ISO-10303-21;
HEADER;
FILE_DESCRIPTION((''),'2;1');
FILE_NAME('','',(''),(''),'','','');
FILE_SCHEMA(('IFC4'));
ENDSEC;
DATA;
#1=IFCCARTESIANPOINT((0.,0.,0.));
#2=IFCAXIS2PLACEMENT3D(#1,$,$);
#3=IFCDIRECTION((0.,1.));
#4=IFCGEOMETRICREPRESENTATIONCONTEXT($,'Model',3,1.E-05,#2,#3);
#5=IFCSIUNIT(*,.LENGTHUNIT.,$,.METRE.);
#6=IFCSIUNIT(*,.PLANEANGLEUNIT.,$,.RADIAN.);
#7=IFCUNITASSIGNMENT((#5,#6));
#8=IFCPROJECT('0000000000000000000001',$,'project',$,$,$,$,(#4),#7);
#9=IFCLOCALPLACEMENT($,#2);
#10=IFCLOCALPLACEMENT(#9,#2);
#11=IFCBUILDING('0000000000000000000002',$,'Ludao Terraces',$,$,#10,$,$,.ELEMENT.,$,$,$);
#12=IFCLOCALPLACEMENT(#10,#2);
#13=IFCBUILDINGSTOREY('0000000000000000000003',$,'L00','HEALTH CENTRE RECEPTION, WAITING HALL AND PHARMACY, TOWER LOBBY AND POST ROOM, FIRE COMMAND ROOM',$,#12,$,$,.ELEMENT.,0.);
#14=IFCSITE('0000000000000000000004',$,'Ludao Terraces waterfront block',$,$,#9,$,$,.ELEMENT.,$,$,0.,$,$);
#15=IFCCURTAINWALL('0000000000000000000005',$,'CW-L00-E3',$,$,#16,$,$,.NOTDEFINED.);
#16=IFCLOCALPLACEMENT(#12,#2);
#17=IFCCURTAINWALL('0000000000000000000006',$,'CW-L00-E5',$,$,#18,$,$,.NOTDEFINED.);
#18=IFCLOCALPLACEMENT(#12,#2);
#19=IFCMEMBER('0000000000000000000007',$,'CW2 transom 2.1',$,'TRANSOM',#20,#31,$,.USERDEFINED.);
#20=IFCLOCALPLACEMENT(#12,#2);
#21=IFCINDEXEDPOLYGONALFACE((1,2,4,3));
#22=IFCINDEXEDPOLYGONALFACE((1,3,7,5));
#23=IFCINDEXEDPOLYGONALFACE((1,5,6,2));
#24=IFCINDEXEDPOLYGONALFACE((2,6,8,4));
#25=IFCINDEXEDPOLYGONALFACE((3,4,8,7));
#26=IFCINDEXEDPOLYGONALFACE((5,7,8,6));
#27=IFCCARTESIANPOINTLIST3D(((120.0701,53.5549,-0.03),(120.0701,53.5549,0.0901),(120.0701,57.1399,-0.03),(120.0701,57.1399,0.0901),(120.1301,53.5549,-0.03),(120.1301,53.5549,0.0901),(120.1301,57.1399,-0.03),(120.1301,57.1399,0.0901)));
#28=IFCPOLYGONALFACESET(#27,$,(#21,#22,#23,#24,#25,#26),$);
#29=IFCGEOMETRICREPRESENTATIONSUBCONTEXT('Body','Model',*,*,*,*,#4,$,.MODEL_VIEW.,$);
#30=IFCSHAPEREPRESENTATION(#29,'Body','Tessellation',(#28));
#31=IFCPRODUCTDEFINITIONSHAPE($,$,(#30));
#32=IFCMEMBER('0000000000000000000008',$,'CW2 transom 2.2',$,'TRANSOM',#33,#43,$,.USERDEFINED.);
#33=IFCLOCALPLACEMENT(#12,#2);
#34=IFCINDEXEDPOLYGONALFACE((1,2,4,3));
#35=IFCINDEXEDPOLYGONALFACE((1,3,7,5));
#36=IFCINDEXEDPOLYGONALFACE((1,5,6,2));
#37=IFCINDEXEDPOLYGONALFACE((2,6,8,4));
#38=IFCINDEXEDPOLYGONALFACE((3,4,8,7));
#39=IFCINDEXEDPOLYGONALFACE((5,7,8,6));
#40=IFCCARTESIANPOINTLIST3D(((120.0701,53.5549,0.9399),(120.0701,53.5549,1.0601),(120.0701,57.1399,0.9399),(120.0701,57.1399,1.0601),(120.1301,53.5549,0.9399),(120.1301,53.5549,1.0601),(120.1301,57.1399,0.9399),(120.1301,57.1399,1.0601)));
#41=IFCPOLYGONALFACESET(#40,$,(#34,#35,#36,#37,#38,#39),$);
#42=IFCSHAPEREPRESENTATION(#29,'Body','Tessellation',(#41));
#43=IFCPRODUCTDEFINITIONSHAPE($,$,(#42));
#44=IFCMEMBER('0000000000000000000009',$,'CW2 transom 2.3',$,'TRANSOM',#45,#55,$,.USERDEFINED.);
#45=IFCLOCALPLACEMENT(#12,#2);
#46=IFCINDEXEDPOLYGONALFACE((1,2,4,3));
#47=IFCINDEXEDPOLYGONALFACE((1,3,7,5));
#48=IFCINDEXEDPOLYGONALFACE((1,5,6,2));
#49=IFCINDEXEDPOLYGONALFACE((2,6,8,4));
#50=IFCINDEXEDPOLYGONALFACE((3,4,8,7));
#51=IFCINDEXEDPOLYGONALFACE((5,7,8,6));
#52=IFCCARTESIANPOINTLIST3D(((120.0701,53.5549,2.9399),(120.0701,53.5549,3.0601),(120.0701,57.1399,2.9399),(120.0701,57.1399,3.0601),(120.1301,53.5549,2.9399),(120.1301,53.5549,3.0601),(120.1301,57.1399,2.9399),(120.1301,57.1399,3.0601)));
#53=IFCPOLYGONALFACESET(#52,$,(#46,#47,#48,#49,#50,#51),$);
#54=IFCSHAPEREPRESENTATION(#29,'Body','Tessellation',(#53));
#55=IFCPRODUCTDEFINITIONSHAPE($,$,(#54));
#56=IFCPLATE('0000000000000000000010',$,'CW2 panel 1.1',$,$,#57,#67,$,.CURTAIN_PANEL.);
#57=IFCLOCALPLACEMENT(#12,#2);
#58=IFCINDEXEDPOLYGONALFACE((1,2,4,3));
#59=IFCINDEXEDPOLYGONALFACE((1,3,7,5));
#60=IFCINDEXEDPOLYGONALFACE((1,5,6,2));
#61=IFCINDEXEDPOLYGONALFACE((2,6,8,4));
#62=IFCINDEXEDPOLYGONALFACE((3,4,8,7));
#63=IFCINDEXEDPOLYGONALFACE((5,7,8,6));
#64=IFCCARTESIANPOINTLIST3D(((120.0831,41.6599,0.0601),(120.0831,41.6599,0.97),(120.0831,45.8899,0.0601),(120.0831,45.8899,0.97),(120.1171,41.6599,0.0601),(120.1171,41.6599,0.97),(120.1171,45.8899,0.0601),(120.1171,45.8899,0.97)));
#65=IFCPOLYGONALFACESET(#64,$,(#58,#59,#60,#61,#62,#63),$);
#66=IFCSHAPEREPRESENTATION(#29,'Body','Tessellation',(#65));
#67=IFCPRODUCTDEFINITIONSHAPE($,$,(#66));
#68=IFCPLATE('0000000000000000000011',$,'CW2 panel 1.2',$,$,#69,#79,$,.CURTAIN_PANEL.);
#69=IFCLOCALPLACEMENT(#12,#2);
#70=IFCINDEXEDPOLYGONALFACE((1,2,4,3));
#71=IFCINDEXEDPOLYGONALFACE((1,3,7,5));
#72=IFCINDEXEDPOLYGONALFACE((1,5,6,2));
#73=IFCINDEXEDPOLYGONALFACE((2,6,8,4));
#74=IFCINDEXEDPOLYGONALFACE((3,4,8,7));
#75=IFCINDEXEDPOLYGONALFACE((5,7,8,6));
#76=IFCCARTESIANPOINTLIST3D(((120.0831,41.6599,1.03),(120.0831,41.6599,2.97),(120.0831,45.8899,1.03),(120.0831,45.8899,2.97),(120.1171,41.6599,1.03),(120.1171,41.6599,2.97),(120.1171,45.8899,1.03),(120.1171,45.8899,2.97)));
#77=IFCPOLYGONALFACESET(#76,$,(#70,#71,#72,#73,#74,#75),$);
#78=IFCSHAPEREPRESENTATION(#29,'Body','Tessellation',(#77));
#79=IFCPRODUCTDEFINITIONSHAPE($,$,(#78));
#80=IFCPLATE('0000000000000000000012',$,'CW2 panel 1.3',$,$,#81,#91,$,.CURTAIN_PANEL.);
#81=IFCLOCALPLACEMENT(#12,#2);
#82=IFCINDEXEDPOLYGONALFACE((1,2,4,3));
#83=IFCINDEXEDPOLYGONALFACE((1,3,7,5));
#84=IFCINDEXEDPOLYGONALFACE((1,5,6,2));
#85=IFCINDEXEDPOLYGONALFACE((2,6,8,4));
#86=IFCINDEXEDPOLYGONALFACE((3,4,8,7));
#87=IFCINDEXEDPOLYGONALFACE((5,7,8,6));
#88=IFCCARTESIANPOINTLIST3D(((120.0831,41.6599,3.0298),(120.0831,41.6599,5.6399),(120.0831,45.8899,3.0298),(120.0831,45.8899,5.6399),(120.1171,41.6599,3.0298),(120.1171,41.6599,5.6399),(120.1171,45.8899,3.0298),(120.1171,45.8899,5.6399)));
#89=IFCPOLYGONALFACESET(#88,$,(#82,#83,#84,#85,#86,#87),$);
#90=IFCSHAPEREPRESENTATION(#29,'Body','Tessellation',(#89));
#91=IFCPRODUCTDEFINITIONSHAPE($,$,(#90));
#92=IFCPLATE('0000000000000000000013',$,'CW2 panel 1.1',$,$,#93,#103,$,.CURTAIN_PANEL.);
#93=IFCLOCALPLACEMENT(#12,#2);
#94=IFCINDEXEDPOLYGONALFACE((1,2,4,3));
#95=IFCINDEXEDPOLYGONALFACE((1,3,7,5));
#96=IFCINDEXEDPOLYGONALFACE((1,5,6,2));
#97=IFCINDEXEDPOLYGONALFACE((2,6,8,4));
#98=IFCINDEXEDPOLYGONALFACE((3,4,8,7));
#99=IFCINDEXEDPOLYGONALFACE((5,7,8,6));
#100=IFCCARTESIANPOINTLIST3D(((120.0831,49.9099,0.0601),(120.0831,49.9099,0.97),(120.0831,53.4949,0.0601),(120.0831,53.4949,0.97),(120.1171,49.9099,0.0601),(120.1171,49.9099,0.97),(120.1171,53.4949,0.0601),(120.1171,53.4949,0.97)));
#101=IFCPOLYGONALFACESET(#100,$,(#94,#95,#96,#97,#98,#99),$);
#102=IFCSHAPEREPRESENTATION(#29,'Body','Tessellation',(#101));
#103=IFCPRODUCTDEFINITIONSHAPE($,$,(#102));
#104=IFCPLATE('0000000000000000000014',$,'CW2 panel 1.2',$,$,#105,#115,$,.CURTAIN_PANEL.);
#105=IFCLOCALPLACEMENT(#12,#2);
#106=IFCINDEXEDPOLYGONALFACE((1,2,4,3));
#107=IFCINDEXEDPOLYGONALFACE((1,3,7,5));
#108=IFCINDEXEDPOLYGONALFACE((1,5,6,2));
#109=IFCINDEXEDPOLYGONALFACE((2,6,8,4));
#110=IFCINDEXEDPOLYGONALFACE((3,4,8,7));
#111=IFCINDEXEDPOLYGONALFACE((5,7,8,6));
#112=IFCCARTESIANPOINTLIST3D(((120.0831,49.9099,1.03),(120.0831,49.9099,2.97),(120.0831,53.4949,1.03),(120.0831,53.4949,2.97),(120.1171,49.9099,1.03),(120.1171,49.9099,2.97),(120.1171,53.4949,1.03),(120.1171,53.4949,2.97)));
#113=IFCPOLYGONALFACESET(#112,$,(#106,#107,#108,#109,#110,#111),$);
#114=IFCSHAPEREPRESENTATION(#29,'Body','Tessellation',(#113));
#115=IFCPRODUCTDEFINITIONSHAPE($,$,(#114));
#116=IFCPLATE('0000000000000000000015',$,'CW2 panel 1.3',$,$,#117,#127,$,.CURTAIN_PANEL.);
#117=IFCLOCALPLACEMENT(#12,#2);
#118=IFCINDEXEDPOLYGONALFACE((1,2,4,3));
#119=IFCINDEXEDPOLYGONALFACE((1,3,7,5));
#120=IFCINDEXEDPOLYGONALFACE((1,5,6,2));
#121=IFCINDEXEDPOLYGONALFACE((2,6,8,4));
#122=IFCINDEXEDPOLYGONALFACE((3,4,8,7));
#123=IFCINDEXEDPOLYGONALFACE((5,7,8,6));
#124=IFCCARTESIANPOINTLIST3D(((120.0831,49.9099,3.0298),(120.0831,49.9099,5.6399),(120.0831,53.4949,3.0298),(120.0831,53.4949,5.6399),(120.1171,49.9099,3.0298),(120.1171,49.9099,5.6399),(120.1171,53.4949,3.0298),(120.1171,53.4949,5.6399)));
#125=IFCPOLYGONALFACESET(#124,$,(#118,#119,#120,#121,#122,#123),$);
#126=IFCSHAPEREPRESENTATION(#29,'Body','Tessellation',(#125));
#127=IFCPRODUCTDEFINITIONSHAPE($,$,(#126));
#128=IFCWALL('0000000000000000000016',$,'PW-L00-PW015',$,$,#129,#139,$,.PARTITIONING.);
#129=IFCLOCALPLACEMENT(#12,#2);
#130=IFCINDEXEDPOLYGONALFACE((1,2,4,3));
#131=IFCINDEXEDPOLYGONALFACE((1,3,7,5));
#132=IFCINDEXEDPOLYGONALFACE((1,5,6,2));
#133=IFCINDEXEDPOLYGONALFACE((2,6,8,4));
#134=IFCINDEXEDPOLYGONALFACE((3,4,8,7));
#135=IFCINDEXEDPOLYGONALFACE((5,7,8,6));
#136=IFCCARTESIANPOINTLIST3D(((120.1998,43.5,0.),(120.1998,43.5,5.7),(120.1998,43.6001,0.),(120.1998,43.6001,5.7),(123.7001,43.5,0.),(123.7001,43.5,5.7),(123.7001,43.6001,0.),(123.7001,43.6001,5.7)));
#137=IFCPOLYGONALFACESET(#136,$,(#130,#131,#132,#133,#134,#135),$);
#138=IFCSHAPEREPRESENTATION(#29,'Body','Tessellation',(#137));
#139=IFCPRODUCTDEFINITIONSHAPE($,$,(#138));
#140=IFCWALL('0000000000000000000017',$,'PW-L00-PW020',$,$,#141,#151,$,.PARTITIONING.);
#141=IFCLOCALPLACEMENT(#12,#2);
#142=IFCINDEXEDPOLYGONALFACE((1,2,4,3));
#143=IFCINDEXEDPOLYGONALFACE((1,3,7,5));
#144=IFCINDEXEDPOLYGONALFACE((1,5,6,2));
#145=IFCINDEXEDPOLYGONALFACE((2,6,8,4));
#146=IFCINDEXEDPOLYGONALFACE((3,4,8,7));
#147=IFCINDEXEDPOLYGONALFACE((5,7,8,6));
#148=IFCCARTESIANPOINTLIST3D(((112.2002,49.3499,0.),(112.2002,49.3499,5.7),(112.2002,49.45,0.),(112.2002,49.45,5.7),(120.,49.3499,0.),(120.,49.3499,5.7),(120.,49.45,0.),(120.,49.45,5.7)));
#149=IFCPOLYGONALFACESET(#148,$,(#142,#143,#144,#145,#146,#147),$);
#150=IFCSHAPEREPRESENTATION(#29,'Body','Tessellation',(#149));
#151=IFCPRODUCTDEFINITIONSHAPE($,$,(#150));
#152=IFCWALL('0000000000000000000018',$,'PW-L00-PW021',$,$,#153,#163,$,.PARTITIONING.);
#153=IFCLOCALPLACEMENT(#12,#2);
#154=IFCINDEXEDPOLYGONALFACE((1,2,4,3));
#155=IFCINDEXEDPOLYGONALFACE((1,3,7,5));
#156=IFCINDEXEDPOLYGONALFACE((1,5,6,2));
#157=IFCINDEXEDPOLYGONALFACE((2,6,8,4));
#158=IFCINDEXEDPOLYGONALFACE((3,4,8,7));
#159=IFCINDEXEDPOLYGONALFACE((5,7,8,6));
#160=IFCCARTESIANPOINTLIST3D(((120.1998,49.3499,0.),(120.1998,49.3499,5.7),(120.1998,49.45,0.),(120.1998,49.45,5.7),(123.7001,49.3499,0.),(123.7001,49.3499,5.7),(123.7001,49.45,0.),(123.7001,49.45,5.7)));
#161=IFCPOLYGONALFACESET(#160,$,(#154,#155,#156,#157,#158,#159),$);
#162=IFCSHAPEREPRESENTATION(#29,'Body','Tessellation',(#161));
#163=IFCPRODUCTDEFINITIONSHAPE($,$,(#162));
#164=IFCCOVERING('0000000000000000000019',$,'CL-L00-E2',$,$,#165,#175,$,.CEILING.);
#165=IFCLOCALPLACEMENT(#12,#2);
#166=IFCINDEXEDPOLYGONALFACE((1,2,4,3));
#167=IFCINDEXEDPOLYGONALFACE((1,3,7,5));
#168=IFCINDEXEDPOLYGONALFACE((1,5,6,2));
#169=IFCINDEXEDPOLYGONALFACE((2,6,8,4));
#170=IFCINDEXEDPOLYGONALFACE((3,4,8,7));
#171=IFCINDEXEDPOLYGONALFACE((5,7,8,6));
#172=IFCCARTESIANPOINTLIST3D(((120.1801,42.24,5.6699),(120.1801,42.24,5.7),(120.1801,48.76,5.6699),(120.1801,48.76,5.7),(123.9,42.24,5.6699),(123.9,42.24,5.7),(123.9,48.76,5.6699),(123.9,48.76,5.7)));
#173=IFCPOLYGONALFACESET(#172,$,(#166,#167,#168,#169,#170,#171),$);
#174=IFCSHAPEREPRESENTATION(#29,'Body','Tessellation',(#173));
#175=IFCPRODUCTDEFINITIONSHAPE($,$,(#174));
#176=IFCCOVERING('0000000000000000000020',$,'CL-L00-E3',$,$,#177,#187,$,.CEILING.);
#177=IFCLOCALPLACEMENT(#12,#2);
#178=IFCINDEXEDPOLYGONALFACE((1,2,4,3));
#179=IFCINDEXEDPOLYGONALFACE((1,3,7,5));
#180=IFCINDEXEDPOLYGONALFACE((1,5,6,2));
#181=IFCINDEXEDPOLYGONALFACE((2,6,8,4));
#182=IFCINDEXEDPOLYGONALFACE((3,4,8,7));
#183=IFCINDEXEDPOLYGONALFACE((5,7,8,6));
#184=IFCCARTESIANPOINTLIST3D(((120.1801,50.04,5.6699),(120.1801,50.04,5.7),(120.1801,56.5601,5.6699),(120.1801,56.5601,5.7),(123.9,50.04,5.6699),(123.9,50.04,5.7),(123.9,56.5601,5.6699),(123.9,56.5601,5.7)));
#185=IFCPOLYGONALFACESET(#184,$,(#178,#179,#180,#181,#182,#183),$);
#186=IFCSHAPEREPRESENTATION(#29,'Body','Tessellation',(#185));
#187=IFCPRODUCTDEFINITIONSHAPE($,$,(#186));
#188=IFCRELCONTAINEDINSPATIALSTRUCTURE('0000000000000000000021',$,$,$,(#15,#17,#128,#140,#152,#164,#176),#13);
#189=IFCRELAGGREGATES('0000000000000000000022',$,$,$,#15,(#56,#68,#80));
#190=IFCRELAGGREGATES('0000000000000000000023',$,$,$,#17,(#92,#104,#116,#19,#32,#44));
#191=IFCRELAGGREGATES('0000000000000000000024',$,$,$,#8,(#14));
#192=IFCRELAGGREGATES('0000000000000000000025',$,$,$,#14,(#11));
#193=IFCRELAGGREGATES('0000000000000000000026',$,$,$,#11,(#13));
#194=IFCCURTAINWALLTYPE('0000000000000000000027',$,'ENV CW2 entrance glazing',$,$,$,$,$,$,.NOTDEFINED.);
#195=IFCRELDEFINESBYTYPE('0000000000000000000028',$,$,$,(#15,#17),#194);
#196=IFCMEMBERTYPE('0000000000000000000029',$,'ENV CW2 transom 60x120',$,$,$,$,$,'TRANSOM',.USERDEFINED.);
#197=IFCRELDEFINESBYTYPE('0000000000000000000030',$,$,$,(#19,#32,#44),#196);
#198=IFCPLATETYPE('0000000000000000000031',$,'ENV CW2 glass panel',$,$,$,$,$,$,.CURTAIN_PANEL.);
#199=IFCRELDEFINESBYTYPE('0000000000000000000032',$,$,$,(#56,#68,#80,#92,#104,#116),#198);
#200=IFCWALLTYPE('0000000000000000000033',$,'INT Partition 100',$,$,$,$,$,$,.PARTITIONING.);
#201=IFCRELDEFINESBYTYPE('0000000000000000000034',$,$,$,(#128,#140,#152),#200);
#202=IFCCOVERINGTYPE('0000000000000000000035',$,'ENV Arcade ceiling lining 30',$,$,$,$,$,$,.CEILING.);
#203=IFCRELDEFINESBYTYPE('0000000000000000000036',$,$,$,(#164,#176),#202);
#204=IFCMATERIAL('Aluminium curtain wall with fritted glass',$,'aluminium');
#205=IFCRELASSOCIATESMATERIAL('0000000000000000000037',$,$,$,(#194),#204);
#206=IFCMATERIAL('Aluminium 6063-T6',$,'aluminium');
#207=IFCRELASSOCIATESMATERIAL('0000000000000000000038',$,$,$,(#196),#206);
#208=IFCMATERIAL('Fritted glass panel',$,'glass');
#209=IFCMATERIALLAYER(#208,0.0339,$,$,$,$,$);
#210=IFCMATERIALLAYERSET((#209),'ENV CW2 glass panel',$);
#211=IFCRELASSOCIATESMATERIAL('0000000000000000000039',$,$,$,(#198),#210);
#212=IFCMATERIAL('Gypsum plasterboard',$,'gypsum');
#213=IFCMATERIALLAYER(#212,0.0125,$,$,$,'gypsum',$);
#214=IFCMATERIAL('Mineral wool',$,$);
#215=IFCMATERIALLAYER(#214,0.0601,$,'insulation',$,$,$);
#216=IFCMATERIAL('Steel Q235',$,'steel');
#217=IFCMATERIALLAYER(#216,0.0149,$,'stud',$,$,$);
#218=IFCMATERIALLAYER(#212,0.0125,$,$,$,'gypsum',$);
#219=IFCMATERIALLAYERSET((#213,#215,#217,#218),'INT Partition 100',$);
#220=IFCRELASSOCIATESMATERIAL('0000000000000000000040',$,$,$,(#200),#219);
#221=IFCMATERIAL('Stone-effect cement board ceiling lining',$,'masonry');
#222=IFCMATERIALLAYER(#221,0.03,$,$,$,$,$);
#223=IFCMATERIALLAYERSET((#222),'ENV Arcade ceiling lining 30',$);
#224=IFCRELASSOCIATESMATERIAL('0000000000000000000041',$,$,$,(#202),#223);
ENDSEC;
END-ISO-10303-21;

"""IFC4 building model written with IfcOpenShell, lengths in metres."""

from ifc_helpers import new_model, si_unit, direction, frame, frame_2d, origin, origin_2d, place, context, subcontext, project, spatial, rectangle, extrude, material, layer, layer_set, material_profile, profile_set, type_object, element, aggregate, save


model = new_model("IFC4")

# Units and contexts
model_context = context("Model", 3, precision=1e-05, world=origin(), true_north=direction((0.0, 1.0)))
body_context = subcontext(model_context, "Body", "Model", "MODEL_VIEW")
ifc_project = project(units=[si_unit("LENGTHUNIT", "METRE"), si_unit("PLANEANGLEUNIT", "RADIAN")], contexts=[model_context])

# Site, building, storey
site_placement = place(None, origin())
site = spatial("IfcSite", under=ifc_project, at=site_placement, Name="Ludao Terraces waterfront block", CompositionType="ELEMENT", RefElevation=0.0)
building_placement = place(site_placement, origin())
building = spatial("IfcBuilding", under=site, at=building_placement, Name="Ludao Terraces", CompositionType="ELEMENT")
storey_placement = place(building_placement, origin())
storey = spatial("IfcBuildingStorey", under=building, at=storey_placement, Name="L00", Description="HEALTH CENTRE RECEPTION, WAITING HALL AND PHARMACY, TOWER LOBBY AND POST ROOM, FIRE COMMAND ROOM", CompositionType="ELEMENT", Elevation=0.0)

# Curtain wall
ifc_material_1 = material(Name="Aluminium curtain wall with fritted glass", Category="aluminium")
curtain_wall_type = type_object("IfcCurtainWallType", Name="ENV CW2 entrance glazing", PredefinedType="NOTDEFINED", material=ifc_material_1)
curtain_wall_1_placement = place(storey_placement, origin())
curtain_wall_1 = element("IfcCurtainWall", 1, at=curtain_wall_1_placement, inside=storey, type_object=curtain_wall_type, Name="CW-L00-E3", PredefinedType="NOTDEFINED")
ifc_material_2 = material(Name="Aluminium 6063-T6", Category="aluminium")

# Curtain wall, members
curtain_wall_2_placement = place(storey_placement, origin())
curtain_wall_2 = element("IfcCurtainWall", 2, at=curtain_wall_2_placement, inside=storey, type_object=curtain_wall_type, Name="CW-L00-E5", PredefinedType="NOTDEFINED")
ifc_material_profile_1 = material_profile(ifc_material_2, rectangle(XDim=0.0601, YDim=0.1201, at=origin_2d()), Name="60 X 120")
ifc_profile_set_1 = profile_set([ifc_material_profile_1], Name="Aluminium 6063-T6")
member_type_1 = type_object("IfcMemberType", Name="ENV CW2 transom 60x120", ElementType="TRANSOM", PredefinedType="USERDEFINED", material=ifc_profile_set_1)
member_1_placement = place(storey_placement, frame((120.1001, 53.5549, 0.03), z_axis=(0.0, 1.0, 0.0), x_axis=(-1.0, 0.0, 0.0)))
member_1 = element("IfcMember", 3, at=member_1_placement, type_object=member_type_1, Name="CW2 transom 2.1", ObjectType="TRANSOM", PredefinedType="USERDEFINED", context=body_context, shape_type="SweptSolid", body=[
    extrude(rectangle(XDim=0.0601, YDim=0.1201, at=origin_2d()), origin(), (0.0, 0.0, 1.0), 3.585),
])
member_2_placement = place(storey_placement, frame((120.1001, 53.5549, 1.0), z_axis=(0.0, 1.0, 0.0), x_axis=(-1.0, 0.0, 0.0)))
member_2 = element("IfcMember", 4, at=member_2_placement, type_object=member_type_1, Name="CW2 transom 2.2", ObjectType="TRANSOM", PredefinedType="USERDEFINED", context=body_context, shape_type="SweptSolid", body=[
    extrude(rectangle(XDim=0.0601, YDim=0.1201, at=origin_2d()), origin(), (0.0, 0.0, 1.0), 3.585),
])
member_3_placement = place(storey_placement, frame((120.1001, 53.5549, 3.0), z_axis=(0.0, 1.0, 0.0), x_axis=(-1.0, 0.0, 0.0)))
member_3 = element("IfcMember", 5, at=member_3_placement, type_object=member_type_1, Name="CW2 transom 2.3", ObjectType="TRANSOM", PredefinedType="USERDEFINED", context=body_context, shape_type="SweptSolid", body=[
    extrude(rectangle(XDim=0.0601, YDim=0.1201, at=origin_2d()), origin(), (0.0, 0.0, 1.0), 3.585),
])

# Plates
ifc_material_3 = material(Name="Fritted glass panel", Category="glass")
ifc_layer_1 = layer(ifc_material_3, 0.0339)
ifc_layer_set_1 = layer_set([ifc_layer_1], Name="ENV CW2 glass panel")
plate_type = type_object("IfcPlateType", Name="ENV CW2 glass panel", PredefinedType="CURTAIN_PANEL", material=ifc_layer_set_1)
plate_1_placement = place(storey_placement, frame((120.1001, 43.7749, 0.0601), z_axis=(0.0, 0.0, 1.0), x_axis=(0.0, 1.0, 0.0)))
plate_1 = element("IfcPlate", 6, at=plate_1_placement, type_object=plate_type, Name="CW2 panel 1.1", PredefinedType="CURTAIN_PANEL", context=body_context, shape_type="SweptSolid", body=[
    extrude(rectangle(XDim=4.23, YDim=0.0339, at=origin_2d()), origin(), (0.0, 0.0, 1.0), 0.9099),
])
plate_2_placement = place(storey_placement, frame((120.1001, 43.7749, 1.03), z_axis=(0.0, 0.0, 1.0), x_axis=(0.0, 1.0, 0.0)))
plate_2 = element("IfcPlate", 7, at=plate_2_placement, type_object=plate_type, Name="CW2 panel 1.2", PredefinedType="CURTAIN_PANEL", context=body_context, shape_type="SweptSolid", body=[
    extrude(rectangle(XDim=4.23, YDim=0.0339, at=origin_2d()), origin(), (0.0, 0.0, 1.0), 1.9399),
])
plate_3_placement = place(storey_placement, frame((120.1001, 43.7749, 3.0298), z_axis=(0.0, 0.0, 1.0), x_axis=(0.0, 1.0, 0.0)))
plate_3 = element("IfcPlate", 8, at=plate_3_placement, type_object=plate_type, Name="CW2 panel 1.3", PredefinedType="CURTAIN_PANEL", context=body_context, shape_type="SweptSolid", body=[
    extrude(rectangle(XDim=4.23, YDim=0.0339, at=origin_2d()), origin(), (0.0, 0.0, 1.0), 2.6101),
])
aggregate(curtain_wall_1, [plate_1, plate_2, plate_3])
plate_4_placement = place(storey_placement, frame((120.1001, 51.7024, 0.0601), z_axis=(0.0, 0.0, 1.0), x_axis=(0.0, 1.0, 0.0)))
plate_4 = element("IfcPlate", 9, at=plate_4_placement, type_object=plate_type, Name="CW2 panel 1.1", PredefinedType="CURTAIN_PANEL", context=body_context, shape_type="SweptSolid", body=[
    extrude(rectangle(XDim=3.585, YDim=0.0339, at=origin_2d()), origin(), (0.0, 0.0, 1.0), 0.9099),
])
plate_5_placement = place(storey_placement, frame((120.1001, 51.7024, 1.03), z_axis=(0.0, 0.0, 1.0), x_axis=(0.0, 1.0, 0.0)))
plate_5 = element("IfcPlate", 10, at=plate_5_placement, type_object=plate_type, Name="CW2 panel 1.2", PredefinedType="CURTAIN_PANEL", context=body_context, shape_type="SweptSolid", body=[
    extrude(rectangle(XDim=3.585, YDim=0.0339, at=origin_2d()), origin(), (0.0, 0.0, 1.0), 1.9399),
])
plate_6_placement = place(storey_placement, frame((120.1001, 51.7024, 3.0298), z_axis=(0.0, 0.0, 1.0), x_axis=(0.0, 1.0, 0.0)))
plate_6 = element("IfcPlate", 11, at=plate_6_placement, type_object=plate_type, Name="CW2 panel 1.3", PredefinedType="CURTAIN_PANEL", context=body_context, shape_type="SweptSolid", body=[
    extrude(rectangle(XDim=3.585, YDim=0.0339, at=origin_2d()), origin(), (0.0, 0.0, 1.0), 2.6101),
])
aggregate(curtain_wall_2, [plate_4, plate_5, plate_6, member_1, member_2, member_3])

# Shared definitions
ifc_material_4 = material(Name="Mineral wool")
ifc_material_5 = material(Name="Steel Q235", Category="steel")

# Walls
ifc_material_6 = material(Name="Gypsum plasterboard", Category="gypsum")
ifc_layer_2 = layer(ifc_material_6, 0.0125, Category="gypsum")
ifc_layer_3 = layer(ifc_material_4, 0.0601, Name="insulation")
ifc_layer_4 = layer(ifc_material_5, 0.0149, Name="stud")
ifc_layer_5 = layer(ifc_material_6, 0.0125, Category="gypsum")
ifc_layer_set_2 = layer_set([ifc_layer_2, ifc_layer_3, ifc_layer_4, ifc_layer_5], Name="INT Partition 100")
wall_type_1 = type_object("IfcWallType", Name="INT Partition 100", PredefinedType="PARTITIONING", material=ifc_layer_set_2)
wall_1_placement = place(storey_placement, frame((120.2, 43.55, 0.0), z_axis=(0.0, 0.0, 1.0), x_axis=(1.0, 0.0, 0.0)))
element("IfcWall", 12, at=wall_1_placement, inside=storey, type_object=wall_type_1, Name="PW-L00-PW015", PredefinedType="PARTITIONING", context=body_context, shape_type="SweptSolid", body=[
    extrude(rectangle(XDim=3.5002, YDim=0.1001, at=frame_2d((1.75, 0.0))), origin(), (0.0, 0.0, 1.0), 5.7),
])
wall_2_placement = place(storey_placement, frame((112.2002, 49.3999, 0.0), z_axis=(0.0, 0.0, 1.0), x_axis=(1.0, 0.0, 0.0)))
element("IfcWall", 13, at=wall_2_placement, inside=storey, type_object=wall_type_1, Name="PW-L00-PW020", PredefinedType="PARTITIONING", context=body_context, shape_type="SweptSolid", body=[
    extrude(rectangle(XDim=7.7998, YDim=0.1001, at=frame_2d((3.8999, 0.0))), origin(), (0.0, 0.0, 1.0), 5.7),
])
wall_3_placement = place(storey_placement, frame((120.2, 49.3999, 0.0), z_axis=(0.0, 0.0, 1.0), x_axis=(1.0, 0.0, 0.0)))
element("IfcWall", 14, at=wall_3_placement, inside=storey, type_object=wall_type_1, Name="PW-L00-PW021", PredefinedType="PARTITIONING", context=body_context, shape_type="SweptSolid", body=[
    extrude(rectangle(XDim=3.5002, YDim=0.1001, at=frame_2d((1.75, 0.0))), origin(), (0.0, 0.0, 1.0), 5.7),
])

# Coverings
ifc_material_7 = material(Name="Stone-effect cement board ceiling lining", Category="masonry")
ifc_layer_6 = layer(ifc_material_7, 0.03)
ifc_layer_set_3 = layer_set([ifc_layer_6], Name="ENV Arcade ceiling lining 30")
covering_type = type_object("IfcCoveringType", Name="ENV Arcade ceiling lining 30", PredefinedType="CEILING", material=ifc_layer_set_3)
for number, where, z_axis, x_axis, name in (
    (15, (122.04, 45.5, 5.6699), (0.0, 0.0, 1.0), (1.0, 0.0, 0.0), "CL-L00-E2"),
    (16, (122.04, 53.3, 5.6699), (0.0, 0.0, 1.0), (1.0, 0.0, 0.0), "CL-L00-E3"),
):
    element("IfcCovering", number, at=place(storey_placement, frame(where, z_axis=z_axis, x_axis=x_axis)), inside=storey, type_object=covering_type, Name=name, PredefinedType="CEILING", context=body_context, shape_type="SweptSolid", body=[
        extrude(rectangle(XDim=3.72, YDim=6.52, at=origin_2d()), origin(), (0.0, 0.0, 1.0), 0.03),
    ])

save(model, "model.ifc")
